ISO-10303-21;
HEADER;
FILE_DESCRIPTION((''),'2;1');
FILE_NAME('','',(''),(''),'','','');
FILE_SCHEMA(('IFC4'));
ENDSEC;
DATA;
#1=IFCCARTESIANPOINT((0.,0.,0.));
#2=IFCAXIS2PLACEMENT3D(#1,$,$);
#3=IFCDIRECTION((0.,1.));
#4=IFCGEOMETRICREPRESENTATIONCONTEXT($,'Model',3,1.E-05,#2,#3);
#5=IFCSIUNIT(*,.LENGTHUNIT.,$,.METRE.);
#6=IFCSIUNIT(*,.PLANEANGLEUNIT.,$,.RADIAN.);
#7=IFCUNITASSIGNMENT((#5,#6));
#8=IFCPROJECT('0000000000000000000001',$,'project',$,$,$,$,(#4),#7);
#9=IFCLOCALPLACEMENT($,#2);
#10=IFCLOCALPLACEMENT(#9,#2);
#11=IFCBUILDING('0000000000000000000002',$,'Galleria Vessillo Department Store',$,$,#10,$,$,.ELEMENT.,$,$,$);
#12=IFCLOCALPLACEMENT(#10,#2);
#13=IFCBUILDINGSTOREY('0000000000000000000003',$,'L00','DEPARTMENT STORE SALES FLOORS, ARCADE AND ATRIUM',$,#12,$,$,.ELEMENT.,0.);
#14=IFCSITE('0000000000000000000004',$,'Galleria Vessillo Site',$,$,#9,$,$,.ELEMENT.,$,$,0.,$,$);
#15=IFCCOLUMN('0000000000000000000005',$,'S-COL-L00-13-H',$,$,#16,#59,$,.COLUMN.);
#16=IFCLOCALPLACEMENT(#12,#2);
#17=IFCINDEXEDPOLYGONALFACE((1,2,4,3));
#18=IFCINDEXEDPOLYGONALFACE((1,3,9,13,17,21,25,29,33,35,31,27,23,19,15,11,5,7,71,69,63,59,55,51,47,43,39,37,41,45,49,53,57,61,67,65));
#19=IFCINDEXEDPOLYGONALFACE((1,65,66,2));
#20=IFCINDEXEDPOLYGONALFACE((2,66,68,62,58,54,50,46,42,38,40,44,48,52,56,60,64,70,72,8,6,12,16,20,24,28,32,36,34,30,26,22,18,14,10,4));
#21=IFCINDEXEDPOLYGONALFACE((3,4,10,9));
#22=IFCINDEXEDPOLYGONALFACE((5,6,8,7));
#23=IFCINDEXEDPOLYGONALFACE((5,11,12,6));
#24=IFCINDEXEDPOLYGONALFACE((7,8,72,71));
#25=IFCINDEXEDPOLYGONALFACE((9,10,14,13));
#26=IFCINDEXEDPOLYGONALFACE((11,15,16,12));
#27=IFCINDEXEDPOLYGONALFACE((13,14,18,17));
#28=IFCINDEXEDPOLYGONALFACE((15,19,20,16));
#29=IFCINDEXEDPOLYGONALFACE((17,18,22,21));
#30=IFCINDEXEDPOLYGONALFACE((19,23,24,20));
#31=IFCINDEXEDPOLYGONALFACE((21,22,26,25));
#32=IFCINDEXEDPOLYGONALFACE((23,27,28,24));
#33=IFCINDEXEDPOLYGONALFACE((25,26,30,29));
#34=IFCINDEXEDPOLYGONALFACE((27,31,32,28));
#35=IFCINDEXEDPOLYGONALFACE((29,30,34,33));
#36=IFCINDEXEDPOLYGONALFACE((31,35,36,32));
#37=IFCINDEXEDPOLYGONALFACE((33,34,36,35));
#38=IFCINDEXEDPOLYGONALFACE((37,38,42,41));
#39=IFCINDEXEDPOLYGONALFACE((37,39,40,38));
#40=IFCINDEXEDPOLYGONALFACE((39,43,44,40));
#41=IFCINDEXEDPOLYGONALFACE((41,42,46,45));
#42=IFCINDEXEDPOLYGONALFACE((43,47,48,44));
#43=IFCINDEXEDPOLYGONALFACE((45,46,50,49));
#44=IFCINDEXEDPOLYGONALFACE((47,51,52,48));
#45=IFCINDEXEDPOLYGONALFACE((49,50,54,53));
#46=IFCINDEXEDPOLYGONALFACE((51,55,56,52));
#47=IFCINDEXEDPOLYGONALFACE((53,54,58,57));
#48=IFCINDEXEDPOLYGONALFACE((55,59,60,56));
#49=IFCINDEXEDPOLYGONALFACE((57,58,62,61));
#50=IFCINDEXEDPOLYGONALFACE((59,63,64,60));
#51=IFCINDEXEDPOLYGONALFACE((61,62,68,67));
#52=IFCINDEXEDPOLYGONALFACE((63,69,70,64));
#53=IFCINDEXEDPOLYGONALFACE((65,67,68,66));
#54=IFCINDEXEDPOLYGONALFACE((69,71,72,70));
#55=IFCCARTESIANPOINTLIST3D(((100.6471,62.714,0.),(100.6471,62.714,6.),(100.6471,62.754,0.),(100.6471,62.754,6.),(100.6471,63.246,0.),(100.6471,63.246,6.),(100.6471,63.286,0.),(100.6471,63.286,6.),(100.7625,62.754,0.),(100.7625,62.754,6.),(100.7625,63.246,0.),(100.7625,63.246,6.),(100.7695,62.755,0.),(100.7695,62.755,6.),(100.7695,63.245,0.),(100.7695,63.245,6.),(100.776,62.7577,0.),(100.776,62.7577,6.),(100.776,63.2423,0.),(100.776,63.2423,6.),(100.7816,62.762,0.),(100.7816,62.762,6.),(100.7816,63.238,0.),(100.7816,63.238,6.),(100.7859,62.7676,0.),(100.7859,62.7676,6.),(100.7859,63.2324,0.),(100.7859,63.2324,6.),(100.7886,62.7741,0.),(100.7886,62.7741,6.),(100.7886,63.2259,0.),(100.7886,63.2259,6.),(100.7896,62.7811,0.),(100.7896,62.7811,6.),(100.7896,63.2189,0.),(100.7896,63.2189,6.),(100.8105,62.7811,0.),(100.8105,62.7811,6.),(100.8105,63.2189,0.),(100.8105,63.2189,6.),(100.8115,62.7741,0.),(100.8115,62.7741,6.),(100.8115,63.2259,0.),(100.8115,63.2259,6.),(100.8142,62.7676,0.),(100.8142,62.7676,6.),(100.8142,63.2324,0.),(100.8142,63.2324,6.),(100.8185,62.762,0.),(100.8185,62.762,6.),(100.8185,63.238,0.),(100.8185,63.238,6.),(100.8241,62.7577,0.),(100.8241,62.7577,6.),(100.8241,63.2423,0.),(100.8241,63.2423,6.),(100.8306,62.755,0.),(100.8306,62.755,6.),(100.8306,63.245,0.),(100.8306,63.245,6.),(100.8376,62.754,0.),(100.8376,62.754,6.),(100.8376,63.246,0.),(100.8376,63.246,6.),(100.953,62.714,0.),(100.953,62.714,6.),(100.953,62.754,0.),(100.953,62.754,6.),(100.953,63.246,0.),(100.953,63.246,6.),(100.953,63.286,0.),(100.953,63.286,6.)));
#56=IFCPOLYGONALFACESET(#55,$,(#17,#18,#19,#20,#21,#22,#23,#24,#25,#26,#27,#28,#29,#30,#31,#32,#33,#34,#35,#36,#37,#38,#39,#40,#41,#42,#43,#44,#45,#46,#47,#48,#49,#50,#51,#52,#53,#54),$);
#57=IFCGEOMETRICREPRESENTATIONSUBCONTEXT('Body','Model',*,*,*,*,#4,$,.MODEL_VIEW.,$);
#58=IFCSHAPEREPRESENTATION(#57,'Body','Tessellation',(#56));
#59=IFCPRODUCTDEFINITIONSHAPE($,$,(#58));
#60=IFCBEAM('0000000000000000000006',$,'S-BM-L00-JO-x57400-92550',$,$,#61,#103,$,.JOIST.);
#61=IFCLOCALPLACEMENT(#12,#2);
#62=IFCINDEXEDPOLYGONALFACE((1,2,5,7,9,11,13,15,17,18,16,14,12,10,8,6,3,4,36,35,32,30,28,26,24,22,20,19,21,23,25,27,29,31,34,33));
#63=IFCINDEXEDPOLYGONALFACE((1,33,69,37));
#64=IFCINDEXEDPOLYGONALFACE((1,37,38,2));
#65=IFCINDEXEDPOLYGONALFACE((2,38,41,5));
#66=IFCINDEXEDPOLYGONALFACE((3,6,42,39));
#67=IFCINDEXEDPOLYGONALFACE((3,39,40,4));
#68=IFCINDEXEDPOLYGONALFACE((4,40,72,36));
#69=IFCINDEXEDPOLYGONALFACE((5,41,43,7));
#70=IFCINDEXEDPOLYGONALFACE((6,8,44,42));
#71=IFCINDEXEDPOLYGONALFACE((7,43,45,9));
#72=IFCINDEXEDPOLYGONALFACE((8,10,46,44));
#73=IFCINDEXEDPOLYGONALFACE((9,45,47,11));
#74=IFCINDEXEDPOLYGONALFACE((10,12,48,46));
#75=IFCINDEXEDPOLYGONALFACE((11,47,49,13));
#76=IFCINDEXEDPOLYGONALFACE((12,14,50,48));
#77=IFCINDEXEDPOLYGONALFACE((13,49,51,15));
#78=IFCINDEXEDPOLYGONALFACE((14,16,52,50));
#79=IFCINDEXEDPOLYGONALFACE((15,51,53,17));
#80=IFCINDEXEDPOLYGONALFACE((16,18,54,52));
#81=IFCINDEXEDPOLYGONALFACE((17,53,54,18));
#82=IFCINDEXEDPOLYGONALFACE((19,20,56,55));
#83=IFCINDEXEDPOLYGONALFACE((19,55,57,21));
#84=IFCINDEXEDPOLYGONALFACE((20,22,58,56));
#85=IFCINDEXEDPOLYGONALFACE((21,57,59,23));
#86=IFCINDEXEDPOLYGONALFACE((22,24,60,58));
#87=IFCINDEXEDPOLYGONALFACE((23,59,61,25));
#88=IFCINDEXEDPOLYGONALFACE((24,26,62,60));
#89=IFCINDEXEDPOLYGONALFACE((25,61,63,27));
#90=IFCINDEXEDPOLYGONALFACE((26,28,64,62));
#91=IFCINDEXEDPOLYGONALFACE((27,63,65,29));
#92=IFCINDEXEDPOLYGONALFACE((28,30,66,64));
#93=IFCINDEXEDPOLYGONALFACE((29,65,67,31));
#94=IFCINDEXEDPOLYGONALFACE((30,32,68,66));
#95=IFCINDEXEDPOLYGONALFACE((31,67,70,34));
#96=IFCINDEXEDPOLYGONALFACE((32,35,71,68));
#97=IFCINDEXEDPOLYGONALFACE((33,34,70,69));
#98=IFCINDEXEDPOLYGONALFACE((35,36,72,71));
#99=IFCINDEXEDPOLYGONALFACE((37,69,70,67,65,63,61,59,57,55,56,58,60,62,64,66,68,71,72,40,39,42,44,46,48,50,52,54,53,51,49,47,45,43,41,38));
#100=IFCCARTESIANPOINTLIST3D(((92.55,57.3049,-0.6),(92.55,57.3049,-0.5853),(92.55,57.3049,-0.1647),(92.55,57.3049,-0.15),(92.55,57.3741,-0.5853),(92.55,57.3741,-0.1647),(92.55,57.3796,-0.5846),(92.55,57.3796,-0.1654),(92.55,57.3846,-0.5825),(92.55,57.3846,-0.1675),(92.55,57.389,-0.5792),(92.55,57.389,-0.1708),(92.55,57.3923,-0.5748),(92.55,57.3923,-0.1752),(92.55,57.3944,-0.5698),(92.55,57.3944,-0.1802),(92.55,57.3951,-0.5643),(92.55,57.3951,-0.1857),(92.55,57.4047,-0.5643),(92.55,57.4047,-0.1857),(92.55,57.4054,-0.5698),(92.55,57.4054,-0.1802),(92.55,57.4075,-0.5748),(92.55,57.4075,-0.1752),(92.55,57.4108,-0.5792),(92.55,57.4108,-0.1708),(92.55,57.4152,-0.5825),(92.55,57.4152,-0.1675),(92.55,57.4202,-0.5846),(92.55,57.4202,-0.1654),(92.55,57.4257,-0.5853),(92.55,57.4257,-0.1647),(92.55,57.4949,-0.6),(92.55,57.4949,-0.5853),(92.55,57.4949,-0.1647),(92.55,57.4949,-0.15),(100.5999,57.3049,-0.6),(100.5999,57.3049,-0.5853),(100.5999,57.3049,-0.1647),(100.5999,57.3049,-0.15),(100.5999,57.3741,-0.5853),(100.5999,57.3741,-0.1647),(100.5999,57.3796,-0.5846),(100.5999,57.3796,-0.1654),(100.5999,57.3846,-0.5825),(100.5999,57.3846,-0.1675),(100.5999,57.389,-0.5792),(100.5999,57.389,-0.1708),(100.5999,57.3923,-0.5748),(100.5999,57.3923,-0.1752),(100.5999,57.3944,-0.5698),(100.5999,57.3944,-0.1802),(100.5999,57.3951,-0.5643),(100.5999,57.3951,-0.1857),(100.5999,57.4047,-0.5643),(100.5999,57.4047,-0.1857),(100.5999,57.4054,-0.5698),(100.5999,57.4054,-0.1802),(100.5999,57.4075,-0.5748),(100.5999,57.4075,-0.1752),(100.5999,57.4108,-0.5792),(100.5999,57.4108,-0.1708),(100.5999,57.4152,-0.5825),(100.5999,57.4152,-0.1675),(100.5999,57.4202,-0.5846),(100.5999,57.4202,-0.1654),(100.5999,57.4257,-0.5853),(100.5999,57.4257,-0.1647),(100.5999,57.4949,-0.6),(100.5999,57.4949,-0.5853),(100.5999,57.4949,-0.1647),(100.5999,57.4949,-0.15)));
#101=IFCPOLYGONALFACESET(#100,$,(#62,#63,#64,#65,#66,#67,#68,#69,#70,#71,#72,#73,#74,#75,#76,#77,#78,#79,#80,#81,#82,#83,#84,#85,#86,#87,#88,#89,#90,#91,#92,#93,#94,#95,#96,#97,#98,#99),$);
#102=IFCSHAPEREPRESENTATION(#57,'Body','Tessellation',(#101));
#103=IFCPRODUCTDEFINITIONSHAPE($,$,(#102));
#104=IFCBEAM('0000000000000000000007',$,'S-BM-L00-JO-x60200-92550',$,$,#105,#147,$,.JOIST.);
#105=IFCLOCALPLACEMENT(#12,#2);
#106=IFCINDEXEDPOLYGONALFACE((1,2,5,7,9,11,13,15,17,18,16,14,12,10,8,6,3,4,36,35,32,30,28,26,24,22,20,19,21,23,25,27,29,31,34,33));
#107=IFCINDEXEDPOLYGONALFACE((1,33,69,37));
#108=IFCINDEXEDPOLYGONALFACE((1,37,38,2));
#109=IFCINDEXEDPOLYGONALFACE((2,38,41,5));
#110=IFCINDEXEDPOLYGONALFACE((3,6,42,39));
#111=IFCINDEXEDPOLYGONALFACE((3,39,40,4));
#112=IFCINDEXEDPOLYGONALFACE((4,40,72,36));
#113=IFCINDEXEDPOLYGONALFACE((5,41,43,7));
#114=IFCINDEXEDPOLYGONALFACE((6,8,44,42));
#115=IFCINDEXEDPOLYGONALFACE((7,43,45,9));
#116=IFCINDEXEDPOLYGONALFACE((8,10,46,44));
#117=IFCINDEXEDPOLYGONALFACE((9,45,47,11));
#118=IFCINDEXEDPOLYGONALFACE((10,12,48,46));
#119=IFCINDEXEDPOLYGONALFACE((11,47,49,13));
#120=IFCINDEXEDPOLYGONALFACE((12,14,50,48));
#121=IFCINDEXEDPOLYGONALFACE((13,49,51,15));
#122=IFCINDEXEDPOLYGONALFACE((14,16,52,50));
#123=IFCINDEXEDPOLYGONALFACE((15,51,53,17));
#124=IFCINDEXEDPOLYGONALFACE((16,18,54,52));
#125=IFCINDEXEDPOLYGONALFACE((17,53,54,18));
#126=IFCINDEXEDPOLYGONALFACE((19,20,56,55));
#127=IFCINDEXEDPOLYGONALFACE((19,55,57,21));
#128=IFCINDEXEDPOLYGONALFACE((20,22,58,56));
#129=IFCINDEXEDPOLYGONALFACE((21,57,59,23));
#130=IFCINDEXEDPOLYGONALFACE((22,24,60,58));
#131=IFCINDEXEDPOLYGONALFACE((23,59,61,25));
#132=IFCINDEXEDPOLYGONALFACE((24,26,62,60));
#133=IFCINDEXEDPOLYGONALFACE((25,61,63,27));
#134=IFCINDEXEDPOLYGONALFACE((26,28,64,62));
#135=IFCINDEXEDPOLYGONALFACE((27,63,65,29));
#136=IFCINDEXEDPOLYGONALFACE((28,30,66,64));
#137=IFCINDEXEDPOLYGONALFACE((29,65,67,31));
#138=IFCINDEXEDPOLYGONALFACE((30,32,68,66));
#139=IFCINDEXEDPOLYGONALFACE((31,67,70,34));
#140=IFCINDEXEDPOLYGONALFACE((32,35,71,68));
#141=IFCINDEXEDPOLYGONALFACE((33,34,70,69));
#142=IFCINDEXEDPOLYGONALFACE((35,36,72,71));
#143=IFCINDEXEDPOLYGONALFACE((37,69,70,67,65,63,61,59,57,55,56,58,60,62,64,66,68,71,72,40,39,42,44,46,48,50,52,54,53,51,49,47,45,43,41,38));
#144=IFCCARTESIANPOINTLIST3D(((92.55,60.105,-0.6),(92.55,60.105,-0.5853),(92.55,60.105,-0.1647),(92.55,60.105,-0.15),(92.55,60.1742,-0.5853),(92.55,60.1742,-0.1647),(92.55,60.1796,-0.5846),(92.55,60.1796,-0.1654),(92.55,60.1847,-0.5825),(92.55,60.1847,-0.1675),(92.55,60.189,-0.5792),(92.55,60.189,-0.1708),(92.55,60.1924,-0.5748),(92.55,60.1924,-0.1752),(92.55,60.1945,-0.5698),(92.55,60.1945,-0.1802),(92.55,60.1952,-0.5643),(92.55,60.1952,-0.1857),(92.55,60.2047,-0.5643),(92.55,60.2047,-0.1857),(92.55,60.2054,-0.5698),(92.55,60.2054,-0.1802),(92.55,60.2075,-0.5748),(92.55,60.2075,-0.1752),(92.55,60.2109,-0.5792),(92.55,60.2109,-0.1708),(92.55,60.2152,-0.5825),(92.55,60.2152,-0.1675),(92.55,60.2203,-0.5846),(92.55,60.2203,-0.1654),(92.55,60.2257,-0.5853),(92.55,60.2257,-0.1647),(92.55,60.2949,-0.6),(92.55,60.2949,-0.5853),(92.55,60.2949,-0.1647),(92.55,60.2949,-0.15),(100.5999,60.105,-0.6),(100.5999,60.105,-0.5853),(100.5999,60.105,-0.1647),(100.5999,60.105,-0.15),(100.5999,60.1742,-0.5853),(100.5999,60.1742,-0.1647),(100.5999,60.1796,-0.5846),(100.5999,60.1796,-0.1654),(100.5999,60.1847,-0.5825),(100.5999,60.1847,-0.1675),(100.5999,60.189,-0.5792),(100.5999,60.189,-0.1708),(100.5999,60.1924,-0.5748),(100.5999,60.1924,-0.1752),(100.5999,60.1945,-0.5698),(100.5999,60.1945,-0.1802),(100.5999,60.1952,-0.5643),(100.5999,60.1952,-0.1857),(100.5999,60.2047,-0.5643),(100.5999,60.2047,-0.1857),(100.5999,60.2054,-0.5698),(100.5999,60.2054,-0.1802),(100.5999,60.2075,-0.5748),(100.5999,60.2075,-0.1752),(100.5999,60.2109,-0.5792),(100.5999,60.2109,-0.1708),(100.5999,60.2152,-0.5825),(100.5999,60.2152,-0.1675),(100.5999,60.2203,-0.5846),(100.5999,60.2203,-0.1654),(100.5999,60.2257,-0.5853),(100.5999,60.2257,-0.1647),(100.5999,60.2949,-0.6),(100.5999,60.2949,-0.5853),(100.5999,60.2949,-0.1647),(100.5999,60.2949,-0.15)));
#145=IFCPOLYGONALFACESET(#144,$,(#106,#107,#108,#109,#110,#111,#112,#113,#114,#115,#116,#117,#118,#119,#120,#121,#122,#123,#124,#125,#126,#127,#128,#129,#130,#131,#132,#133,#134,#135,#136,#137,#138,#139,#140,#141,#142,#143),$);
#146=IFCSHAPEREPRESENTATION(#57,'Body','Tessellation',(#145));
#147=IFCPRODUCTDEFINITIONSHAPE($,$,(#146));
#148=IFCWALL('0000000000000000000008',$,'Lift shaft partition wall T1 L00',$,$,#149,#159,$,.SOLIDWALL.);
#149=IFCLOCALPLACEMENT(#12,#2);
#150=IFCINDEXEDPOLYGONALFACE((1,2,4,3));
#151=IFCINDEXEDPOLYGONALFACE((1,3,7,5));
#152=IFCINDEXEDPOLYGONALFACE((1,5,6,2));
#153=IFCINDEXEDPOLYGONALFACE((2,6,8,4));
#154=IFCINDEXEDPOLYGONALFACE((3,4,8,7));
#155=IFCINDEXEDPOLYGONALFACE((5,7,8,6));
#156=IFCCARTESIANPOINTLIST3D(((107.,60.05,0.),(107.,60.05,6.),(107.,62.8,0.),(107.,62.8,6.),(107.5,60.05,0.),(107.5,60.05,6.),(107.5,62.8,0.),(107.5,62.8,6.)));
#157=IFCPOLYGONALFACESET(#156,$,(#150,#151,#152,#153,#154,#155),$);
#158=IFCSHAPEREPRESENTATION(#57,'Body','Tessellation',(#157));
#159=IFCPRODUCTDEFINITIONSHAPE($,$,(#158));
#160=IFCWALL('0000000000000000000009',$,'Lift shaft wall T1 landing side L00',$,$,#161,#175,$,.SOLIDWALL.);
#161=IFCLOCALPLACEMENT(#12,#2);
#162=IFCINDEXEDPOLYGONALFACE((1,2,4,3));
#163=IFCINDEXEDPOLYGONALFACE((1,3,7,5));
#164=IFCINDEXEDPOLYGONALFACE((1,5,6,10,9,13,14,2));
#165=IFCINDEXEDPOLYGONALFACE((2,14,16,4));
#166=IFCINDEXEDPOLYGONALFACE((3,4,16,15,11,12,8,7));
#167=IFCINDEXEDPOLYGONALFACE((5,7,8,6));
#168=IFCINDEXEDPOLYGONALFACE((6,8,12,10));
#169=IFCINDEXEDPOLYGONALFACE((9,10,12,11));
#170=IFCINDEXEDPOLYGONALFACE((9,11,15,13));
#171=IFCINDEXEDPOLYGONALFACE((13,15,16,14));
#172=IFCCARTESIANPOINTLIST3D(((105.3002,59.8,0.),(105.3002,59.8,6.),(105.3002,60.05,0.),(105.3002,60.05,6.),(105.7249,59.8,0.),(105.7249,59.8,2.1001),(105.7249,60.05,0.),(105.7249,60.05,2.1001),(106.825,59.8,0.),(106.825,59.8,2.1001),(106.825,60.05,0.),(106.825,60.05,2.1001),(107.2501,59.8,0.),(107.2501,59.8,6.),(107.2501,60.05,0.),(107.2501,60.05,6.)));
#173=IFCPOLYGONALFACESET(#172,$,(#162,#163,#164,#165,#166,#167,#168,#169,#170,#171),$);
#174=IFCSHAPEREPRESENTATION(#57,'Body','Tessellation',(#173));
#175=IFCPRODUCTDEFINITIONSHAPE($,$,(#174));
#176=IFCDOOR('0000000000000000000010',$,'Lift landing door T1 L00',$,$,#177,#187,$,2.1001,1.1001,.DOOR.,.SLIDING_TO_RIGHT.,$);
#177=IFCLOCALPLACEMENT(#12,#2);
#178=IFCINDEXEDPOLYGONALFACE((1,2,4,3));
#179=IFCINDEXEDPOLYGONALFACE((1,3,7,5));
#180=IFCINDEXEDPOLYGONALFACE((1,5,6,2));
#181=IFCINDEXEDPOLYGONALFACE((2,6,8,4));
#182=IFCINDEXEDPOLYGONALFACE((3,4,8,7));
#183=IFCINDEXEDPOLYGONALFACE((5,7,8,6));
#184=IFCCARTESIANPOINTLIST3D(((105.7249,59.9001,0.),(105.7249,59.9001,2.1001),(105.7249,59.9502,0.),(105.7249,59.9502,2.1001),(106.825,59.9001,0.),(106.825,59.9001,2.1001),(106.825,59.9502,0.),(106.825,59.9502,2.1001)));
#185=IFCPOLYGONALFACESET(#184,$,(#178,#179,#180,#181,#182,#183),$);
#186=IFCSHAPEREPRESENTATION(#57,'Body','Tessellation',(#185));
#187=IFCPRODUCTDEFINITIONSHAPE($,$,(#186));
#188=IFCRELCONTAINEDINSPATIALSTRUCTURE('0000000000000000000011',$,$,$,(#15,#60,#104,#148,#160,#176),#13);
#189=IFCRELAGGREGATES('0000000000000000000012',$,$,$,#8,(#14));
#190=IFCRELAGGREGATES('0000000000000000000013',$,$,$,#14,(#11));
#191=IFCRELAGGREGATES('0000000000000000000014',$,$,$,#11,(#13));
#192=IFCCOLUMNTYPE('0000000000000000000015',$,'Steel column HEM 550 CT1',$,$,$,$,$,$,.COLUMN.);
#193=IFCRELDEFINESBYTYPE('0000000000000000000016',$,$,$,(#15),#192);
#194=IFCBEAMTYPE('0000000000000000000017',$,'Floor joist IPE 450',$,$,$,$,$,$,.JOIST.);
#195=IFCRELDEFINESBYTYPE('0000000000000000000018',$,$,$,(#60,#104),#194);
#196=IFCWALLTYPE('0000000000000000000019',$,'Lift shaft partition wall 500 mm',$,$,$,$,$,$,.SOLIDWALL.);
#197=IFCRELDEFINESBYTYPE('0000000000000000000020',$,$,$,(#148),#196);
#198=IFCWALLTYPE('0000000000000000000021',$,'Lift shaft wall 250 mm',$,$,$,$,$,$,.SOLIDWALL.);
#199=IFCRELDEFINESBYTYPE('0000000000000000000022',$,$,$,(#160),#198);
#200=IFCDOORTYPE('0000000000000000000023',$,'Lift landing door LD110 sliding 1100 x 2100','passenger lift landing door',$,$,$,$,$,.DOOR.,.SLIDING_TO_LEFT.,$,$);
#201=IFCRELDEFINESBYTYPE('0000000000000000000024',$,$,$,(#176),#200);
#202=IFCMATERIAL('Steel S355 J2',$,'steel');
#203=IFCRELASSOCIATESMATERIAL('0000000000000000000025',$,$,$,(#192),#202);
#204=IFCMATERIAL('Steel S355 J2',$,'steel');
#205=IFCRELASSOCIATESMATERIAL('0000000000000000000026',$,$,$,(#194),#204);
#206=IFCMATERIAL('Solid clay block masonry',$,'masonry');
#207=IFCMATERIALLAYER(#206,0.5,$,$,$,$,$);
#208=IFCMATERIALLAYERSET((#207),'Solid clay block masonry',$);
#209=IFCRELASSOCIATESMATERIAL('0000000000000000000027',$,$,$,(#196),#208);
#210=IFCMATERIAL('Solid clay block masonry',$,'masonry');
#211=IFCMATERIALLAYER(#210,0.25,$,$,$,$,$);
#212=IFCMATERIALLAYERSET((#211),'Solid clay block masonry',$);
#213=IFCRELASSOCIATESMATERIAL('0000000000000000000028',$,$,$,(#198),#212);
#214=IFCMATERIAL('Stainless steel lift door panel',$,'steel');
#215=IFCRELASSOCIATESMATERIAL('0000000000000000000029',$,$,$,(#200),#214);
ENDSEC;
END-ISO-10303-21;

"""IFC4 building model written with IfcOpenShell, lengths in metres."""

from ifc_helpers import new_model, si_unit, direction, frame, frame_2d, origin, origin_2d, place, context, subcontext, project, spatial, rectangle, i_section, extrude, material, layer, layer_set, material_profile, profile_set, type_object, element, fill, save


model = new_model("IFC4")

# Units and contexts
model_context = context("Model", 3, precision=1e-05, world=origin(), true_north=direction((0.0, 1.0)))
body_context = subcontext(model_context, "Body", "Model", "MODEL_VIEW")
ifc_project = project(units=[si_unit("LENGTHUNIT", "METRE"), si_unit("PLANEANGLEUNIT", "RADIAN")], contexts=[model_context])

# Site, building, storey
site_placement = place(None, origin())
site = spatial("IfcSite", under=ifc_project, at=site_placement, Name="Galleria Vessillo Site", CompositionType="ELEMENT", RefElevation=0.0)
building_placement = place(site_placement, origin())
building = spatial("IfcBuilding", under=site, at=building_placement, Name="Galleria Vessillo Department Store", CompositionType="ELEMENT")
storey_placement = place(building_placement, origin())
storey = spatial("IfcBuildingStorey", under=building, at=storey_placement, Name="L00", Description="DEPARTMENT STORE SALES FLOORS, ARCADE AND ATRIUM", CompositionType="ELEMENT", Elevation=0.0)

# Column
ifc_material_1 = material(Name="Steel S355 J2", Category="steel")
ifc_material_profile_1 = material_profile(ifc_material_1, i_section(OverallWidth=0.3059, OverallDepth=0.572, WebThickness=0.021, FlangeThickness=0.04, FilletRadius=0.0271, at=origin_2d()), Name="HEM 550")
ifc_profile_set_1 = profile_set([ifc_material_profile_1], Name="Steel S355 J2")
column_type = type_object("IfcColumnType", Name="Steel column HEM 550 CT1", PredefinedType="COLUMN", material=ifc_profile_set_1)
column_placement = place(storey_placement, frame((100.8, 63.0, 0.0), z_axis=(0.0, 0.0, 1.0), x_axis=(1.0, 0.0, 0.0)))
element("IfcColumn", 1, at=column_placement, inside=storey, type_object=column_type, Name="S-COL-L00-13-H", PredefinedType="COLUMN", context=body_context, shape_type="SweptSolid", body=[
    extrude(i_section(OverallWidth=0.3059, OverallDepth=0.572, WebThickness=0.021, FlangeThickness=0.04, FilletRadius=0.0271, at=origin_2d()), origin(), (0.0, 0.0, 1.0), 6.0),
])

# Beams
ifc_material_2 = material(Name="Steel S355 J2", Category="steel")
ifc_material_profile_2 = material_profile(ifc_material_2, i_section(OverallWidth=0.1899, OverallDepth=0.45, WebThickness=0.0095, FlangeThickness=0.0146, FilletRadius=0.021, at=origin_2d()), Name="IPE 450")
ifc_profile_set_2 = profile_set([ifc_material_profile_2], Name="Steel S355 J2")
beam_type = type_object("IfcBeamType", Name="Floor joist IPE 450", PredefinedType="JOIST", material=ifc_profile_set_2)
for number, where, z_axis, x_axis, name in (
    (2, (92.55, 57.3999, -0.375), (1.0, 0.0, 0.0), (0.0, 1.0, 0.0), "S-BM-L00-JO-x57400-92550"),
    (3, (92.55, 60.2, -0.375), (1.0, 0.0, 0.0), (0.0, 1.0, 0.0), "S-BM-L00-JO-x60200-92550"),
):
    element("IfcBeam", number, at=place(storey_placement, frame(where, z_axis=z_axis, x_axis=x_axis)), inside=storey, type_object=beam_type, Name=name, PredefinedType="JOIST", context=body_context, shape_type="SweptSolid", body=[
        extrude(i_section(OverallWidth=0.1899, OverallDepth=0.45, WebThickness=0.0095, FlangeThickness=0.0146, FilletRadius=0.021, at=origin_2d()), origin(), (0.0, 0.0, 1.0), 8.0498),
    ])

# Wall
ifc_material_3 = material(Name="Solid clay block masonry", Category="masonry")
ifc_layer_1 = layer(ifc_material_3, 0.5)
ifc_layer_set_1 = layer_set([ifc_layer_1], Name="Solid clay block masonry")
wall_type_1 = type_object("IfcWallType", Name="Lift shaft partition wall 500 mm", PredefinedType="SOLIDWALL", material=ifc_layer_set_1)
wall_1_placement = place(storey_placement, frame((107.25, 62.8, 0.0), z_axis=(0.0, 0.0, 1.0), x_axis=(0.0, -1.0, 0.0)))
element("IfcWall", 4, at=wall_1_placement, inside=storey, type_object=wall_type_1, Name="Lift shaft partition wall T1 L00", PredefinedType="SOLIDWALL", context=body_context, shape_type="SweptSolid", body=[
    extrude(rectangle(XDim=2.75, YDim=0.5, at=frame_2d((1.375, 0.0))), origin(), (0.0, 0.0, 1.0), 6.0),
])

# Wall, opening, door
ifc_material_4 = material(Name="Solid clay block masonry", Category="masonry")
ifc_layer_2 = layer(ifc_material_4, 0.25)
ifc_layer_set_2 = layer_set([ifc_layer_2], Name="Solid clay block masonry")
wall_type_2 = type_object("IfcWallType", Name="Lift shaft wall 250 mm", PredefinedType="SOLIDWALL", material=ifc_layer_set_2)
wall_2_placement = place(storey_placement, frame((105.3, 59.925, 0.0), z_axis=(0.0, 0.0, 1.0), x_axis=(1.0, 0.0, 0.0)))
wall_2 = element("IfcWall", 5, at=wall_2_placement, inside=storey, type_object=wall_type_2, Name="Lift shaft wall T1 landing side L00", PredefinedType="SOLIDWALL", context=body_context, shape_type="SweptSolid", body=[
    extrude(rectangle(XDim=1.95, YDim=0.25, at=frame_2d((0.9751, 0.0))), origin(), (0.0, 0.0, 1.0), 6.0),
])
opening_1_placement = place(wall_2_placement, frame((0.4248, 0.0, 0.0)))
opening_1 = element("IfcOpeningElement", 6, at=opening_1_placement, cuts=wall_2, PredefinedType="OPENING", context=body_context, shape_type="SweptSolid", body=[
    extrude(rectangle(XDim=1.1001, YDim=2.1001, at=frame_2d((0.55, 1.05))), frame((0.0, 0.135, 0.0), z_axis=(0.0, -1.0, 0.0), x_axis=(1.0, 0.0, 0.0)), (0.0, 0.0, 1.0), 0.27),
])
ifc_material_5 = material(Name="Stainless steel lift door panel", Category="steel")
door_type_1 = type_object("IfcDoorType", Name="Lift landing door LD110 sliding 1100 x 2100", Description="passenger lift landing door", OperationType="SLIDING_TO_LEFT", PredefinedType="DOOR", material=ifc_material_5)
door_1_placement = place(opening_1_placement, frame((1.1001, 0.0, 0.0), z_axis=(0.0, 0.0, 1.0), x_axis=(-1.0, 0.0, 0.0)))
door_1 = element("IfcDoor", 7, at=door_1_placement, inside=storey, type_object=door_type_1, Name="Lift landing door T1 L00", OperationType="SLIDING_TO_RIGHT", OverallHeight=2.1001, OverallWidth=1.1001, PredefinedType="DOOR", context=body_context, shape_type="SweptSolid", body=[
    extrude(rectangle(XDim=1.1001, YDim=2.1001, at=frame_2d((0.55, 1.05))), frame((0.0, 0.0249, 0.0), z_axis=(0.0, -1.0, 0.0), x_axis=(1.0, 0.0, 0.0)), (0.0, 0.0, 1.0), 0.05),
])
fill(opening_1, door_1)

save(model, "model.ifc")
